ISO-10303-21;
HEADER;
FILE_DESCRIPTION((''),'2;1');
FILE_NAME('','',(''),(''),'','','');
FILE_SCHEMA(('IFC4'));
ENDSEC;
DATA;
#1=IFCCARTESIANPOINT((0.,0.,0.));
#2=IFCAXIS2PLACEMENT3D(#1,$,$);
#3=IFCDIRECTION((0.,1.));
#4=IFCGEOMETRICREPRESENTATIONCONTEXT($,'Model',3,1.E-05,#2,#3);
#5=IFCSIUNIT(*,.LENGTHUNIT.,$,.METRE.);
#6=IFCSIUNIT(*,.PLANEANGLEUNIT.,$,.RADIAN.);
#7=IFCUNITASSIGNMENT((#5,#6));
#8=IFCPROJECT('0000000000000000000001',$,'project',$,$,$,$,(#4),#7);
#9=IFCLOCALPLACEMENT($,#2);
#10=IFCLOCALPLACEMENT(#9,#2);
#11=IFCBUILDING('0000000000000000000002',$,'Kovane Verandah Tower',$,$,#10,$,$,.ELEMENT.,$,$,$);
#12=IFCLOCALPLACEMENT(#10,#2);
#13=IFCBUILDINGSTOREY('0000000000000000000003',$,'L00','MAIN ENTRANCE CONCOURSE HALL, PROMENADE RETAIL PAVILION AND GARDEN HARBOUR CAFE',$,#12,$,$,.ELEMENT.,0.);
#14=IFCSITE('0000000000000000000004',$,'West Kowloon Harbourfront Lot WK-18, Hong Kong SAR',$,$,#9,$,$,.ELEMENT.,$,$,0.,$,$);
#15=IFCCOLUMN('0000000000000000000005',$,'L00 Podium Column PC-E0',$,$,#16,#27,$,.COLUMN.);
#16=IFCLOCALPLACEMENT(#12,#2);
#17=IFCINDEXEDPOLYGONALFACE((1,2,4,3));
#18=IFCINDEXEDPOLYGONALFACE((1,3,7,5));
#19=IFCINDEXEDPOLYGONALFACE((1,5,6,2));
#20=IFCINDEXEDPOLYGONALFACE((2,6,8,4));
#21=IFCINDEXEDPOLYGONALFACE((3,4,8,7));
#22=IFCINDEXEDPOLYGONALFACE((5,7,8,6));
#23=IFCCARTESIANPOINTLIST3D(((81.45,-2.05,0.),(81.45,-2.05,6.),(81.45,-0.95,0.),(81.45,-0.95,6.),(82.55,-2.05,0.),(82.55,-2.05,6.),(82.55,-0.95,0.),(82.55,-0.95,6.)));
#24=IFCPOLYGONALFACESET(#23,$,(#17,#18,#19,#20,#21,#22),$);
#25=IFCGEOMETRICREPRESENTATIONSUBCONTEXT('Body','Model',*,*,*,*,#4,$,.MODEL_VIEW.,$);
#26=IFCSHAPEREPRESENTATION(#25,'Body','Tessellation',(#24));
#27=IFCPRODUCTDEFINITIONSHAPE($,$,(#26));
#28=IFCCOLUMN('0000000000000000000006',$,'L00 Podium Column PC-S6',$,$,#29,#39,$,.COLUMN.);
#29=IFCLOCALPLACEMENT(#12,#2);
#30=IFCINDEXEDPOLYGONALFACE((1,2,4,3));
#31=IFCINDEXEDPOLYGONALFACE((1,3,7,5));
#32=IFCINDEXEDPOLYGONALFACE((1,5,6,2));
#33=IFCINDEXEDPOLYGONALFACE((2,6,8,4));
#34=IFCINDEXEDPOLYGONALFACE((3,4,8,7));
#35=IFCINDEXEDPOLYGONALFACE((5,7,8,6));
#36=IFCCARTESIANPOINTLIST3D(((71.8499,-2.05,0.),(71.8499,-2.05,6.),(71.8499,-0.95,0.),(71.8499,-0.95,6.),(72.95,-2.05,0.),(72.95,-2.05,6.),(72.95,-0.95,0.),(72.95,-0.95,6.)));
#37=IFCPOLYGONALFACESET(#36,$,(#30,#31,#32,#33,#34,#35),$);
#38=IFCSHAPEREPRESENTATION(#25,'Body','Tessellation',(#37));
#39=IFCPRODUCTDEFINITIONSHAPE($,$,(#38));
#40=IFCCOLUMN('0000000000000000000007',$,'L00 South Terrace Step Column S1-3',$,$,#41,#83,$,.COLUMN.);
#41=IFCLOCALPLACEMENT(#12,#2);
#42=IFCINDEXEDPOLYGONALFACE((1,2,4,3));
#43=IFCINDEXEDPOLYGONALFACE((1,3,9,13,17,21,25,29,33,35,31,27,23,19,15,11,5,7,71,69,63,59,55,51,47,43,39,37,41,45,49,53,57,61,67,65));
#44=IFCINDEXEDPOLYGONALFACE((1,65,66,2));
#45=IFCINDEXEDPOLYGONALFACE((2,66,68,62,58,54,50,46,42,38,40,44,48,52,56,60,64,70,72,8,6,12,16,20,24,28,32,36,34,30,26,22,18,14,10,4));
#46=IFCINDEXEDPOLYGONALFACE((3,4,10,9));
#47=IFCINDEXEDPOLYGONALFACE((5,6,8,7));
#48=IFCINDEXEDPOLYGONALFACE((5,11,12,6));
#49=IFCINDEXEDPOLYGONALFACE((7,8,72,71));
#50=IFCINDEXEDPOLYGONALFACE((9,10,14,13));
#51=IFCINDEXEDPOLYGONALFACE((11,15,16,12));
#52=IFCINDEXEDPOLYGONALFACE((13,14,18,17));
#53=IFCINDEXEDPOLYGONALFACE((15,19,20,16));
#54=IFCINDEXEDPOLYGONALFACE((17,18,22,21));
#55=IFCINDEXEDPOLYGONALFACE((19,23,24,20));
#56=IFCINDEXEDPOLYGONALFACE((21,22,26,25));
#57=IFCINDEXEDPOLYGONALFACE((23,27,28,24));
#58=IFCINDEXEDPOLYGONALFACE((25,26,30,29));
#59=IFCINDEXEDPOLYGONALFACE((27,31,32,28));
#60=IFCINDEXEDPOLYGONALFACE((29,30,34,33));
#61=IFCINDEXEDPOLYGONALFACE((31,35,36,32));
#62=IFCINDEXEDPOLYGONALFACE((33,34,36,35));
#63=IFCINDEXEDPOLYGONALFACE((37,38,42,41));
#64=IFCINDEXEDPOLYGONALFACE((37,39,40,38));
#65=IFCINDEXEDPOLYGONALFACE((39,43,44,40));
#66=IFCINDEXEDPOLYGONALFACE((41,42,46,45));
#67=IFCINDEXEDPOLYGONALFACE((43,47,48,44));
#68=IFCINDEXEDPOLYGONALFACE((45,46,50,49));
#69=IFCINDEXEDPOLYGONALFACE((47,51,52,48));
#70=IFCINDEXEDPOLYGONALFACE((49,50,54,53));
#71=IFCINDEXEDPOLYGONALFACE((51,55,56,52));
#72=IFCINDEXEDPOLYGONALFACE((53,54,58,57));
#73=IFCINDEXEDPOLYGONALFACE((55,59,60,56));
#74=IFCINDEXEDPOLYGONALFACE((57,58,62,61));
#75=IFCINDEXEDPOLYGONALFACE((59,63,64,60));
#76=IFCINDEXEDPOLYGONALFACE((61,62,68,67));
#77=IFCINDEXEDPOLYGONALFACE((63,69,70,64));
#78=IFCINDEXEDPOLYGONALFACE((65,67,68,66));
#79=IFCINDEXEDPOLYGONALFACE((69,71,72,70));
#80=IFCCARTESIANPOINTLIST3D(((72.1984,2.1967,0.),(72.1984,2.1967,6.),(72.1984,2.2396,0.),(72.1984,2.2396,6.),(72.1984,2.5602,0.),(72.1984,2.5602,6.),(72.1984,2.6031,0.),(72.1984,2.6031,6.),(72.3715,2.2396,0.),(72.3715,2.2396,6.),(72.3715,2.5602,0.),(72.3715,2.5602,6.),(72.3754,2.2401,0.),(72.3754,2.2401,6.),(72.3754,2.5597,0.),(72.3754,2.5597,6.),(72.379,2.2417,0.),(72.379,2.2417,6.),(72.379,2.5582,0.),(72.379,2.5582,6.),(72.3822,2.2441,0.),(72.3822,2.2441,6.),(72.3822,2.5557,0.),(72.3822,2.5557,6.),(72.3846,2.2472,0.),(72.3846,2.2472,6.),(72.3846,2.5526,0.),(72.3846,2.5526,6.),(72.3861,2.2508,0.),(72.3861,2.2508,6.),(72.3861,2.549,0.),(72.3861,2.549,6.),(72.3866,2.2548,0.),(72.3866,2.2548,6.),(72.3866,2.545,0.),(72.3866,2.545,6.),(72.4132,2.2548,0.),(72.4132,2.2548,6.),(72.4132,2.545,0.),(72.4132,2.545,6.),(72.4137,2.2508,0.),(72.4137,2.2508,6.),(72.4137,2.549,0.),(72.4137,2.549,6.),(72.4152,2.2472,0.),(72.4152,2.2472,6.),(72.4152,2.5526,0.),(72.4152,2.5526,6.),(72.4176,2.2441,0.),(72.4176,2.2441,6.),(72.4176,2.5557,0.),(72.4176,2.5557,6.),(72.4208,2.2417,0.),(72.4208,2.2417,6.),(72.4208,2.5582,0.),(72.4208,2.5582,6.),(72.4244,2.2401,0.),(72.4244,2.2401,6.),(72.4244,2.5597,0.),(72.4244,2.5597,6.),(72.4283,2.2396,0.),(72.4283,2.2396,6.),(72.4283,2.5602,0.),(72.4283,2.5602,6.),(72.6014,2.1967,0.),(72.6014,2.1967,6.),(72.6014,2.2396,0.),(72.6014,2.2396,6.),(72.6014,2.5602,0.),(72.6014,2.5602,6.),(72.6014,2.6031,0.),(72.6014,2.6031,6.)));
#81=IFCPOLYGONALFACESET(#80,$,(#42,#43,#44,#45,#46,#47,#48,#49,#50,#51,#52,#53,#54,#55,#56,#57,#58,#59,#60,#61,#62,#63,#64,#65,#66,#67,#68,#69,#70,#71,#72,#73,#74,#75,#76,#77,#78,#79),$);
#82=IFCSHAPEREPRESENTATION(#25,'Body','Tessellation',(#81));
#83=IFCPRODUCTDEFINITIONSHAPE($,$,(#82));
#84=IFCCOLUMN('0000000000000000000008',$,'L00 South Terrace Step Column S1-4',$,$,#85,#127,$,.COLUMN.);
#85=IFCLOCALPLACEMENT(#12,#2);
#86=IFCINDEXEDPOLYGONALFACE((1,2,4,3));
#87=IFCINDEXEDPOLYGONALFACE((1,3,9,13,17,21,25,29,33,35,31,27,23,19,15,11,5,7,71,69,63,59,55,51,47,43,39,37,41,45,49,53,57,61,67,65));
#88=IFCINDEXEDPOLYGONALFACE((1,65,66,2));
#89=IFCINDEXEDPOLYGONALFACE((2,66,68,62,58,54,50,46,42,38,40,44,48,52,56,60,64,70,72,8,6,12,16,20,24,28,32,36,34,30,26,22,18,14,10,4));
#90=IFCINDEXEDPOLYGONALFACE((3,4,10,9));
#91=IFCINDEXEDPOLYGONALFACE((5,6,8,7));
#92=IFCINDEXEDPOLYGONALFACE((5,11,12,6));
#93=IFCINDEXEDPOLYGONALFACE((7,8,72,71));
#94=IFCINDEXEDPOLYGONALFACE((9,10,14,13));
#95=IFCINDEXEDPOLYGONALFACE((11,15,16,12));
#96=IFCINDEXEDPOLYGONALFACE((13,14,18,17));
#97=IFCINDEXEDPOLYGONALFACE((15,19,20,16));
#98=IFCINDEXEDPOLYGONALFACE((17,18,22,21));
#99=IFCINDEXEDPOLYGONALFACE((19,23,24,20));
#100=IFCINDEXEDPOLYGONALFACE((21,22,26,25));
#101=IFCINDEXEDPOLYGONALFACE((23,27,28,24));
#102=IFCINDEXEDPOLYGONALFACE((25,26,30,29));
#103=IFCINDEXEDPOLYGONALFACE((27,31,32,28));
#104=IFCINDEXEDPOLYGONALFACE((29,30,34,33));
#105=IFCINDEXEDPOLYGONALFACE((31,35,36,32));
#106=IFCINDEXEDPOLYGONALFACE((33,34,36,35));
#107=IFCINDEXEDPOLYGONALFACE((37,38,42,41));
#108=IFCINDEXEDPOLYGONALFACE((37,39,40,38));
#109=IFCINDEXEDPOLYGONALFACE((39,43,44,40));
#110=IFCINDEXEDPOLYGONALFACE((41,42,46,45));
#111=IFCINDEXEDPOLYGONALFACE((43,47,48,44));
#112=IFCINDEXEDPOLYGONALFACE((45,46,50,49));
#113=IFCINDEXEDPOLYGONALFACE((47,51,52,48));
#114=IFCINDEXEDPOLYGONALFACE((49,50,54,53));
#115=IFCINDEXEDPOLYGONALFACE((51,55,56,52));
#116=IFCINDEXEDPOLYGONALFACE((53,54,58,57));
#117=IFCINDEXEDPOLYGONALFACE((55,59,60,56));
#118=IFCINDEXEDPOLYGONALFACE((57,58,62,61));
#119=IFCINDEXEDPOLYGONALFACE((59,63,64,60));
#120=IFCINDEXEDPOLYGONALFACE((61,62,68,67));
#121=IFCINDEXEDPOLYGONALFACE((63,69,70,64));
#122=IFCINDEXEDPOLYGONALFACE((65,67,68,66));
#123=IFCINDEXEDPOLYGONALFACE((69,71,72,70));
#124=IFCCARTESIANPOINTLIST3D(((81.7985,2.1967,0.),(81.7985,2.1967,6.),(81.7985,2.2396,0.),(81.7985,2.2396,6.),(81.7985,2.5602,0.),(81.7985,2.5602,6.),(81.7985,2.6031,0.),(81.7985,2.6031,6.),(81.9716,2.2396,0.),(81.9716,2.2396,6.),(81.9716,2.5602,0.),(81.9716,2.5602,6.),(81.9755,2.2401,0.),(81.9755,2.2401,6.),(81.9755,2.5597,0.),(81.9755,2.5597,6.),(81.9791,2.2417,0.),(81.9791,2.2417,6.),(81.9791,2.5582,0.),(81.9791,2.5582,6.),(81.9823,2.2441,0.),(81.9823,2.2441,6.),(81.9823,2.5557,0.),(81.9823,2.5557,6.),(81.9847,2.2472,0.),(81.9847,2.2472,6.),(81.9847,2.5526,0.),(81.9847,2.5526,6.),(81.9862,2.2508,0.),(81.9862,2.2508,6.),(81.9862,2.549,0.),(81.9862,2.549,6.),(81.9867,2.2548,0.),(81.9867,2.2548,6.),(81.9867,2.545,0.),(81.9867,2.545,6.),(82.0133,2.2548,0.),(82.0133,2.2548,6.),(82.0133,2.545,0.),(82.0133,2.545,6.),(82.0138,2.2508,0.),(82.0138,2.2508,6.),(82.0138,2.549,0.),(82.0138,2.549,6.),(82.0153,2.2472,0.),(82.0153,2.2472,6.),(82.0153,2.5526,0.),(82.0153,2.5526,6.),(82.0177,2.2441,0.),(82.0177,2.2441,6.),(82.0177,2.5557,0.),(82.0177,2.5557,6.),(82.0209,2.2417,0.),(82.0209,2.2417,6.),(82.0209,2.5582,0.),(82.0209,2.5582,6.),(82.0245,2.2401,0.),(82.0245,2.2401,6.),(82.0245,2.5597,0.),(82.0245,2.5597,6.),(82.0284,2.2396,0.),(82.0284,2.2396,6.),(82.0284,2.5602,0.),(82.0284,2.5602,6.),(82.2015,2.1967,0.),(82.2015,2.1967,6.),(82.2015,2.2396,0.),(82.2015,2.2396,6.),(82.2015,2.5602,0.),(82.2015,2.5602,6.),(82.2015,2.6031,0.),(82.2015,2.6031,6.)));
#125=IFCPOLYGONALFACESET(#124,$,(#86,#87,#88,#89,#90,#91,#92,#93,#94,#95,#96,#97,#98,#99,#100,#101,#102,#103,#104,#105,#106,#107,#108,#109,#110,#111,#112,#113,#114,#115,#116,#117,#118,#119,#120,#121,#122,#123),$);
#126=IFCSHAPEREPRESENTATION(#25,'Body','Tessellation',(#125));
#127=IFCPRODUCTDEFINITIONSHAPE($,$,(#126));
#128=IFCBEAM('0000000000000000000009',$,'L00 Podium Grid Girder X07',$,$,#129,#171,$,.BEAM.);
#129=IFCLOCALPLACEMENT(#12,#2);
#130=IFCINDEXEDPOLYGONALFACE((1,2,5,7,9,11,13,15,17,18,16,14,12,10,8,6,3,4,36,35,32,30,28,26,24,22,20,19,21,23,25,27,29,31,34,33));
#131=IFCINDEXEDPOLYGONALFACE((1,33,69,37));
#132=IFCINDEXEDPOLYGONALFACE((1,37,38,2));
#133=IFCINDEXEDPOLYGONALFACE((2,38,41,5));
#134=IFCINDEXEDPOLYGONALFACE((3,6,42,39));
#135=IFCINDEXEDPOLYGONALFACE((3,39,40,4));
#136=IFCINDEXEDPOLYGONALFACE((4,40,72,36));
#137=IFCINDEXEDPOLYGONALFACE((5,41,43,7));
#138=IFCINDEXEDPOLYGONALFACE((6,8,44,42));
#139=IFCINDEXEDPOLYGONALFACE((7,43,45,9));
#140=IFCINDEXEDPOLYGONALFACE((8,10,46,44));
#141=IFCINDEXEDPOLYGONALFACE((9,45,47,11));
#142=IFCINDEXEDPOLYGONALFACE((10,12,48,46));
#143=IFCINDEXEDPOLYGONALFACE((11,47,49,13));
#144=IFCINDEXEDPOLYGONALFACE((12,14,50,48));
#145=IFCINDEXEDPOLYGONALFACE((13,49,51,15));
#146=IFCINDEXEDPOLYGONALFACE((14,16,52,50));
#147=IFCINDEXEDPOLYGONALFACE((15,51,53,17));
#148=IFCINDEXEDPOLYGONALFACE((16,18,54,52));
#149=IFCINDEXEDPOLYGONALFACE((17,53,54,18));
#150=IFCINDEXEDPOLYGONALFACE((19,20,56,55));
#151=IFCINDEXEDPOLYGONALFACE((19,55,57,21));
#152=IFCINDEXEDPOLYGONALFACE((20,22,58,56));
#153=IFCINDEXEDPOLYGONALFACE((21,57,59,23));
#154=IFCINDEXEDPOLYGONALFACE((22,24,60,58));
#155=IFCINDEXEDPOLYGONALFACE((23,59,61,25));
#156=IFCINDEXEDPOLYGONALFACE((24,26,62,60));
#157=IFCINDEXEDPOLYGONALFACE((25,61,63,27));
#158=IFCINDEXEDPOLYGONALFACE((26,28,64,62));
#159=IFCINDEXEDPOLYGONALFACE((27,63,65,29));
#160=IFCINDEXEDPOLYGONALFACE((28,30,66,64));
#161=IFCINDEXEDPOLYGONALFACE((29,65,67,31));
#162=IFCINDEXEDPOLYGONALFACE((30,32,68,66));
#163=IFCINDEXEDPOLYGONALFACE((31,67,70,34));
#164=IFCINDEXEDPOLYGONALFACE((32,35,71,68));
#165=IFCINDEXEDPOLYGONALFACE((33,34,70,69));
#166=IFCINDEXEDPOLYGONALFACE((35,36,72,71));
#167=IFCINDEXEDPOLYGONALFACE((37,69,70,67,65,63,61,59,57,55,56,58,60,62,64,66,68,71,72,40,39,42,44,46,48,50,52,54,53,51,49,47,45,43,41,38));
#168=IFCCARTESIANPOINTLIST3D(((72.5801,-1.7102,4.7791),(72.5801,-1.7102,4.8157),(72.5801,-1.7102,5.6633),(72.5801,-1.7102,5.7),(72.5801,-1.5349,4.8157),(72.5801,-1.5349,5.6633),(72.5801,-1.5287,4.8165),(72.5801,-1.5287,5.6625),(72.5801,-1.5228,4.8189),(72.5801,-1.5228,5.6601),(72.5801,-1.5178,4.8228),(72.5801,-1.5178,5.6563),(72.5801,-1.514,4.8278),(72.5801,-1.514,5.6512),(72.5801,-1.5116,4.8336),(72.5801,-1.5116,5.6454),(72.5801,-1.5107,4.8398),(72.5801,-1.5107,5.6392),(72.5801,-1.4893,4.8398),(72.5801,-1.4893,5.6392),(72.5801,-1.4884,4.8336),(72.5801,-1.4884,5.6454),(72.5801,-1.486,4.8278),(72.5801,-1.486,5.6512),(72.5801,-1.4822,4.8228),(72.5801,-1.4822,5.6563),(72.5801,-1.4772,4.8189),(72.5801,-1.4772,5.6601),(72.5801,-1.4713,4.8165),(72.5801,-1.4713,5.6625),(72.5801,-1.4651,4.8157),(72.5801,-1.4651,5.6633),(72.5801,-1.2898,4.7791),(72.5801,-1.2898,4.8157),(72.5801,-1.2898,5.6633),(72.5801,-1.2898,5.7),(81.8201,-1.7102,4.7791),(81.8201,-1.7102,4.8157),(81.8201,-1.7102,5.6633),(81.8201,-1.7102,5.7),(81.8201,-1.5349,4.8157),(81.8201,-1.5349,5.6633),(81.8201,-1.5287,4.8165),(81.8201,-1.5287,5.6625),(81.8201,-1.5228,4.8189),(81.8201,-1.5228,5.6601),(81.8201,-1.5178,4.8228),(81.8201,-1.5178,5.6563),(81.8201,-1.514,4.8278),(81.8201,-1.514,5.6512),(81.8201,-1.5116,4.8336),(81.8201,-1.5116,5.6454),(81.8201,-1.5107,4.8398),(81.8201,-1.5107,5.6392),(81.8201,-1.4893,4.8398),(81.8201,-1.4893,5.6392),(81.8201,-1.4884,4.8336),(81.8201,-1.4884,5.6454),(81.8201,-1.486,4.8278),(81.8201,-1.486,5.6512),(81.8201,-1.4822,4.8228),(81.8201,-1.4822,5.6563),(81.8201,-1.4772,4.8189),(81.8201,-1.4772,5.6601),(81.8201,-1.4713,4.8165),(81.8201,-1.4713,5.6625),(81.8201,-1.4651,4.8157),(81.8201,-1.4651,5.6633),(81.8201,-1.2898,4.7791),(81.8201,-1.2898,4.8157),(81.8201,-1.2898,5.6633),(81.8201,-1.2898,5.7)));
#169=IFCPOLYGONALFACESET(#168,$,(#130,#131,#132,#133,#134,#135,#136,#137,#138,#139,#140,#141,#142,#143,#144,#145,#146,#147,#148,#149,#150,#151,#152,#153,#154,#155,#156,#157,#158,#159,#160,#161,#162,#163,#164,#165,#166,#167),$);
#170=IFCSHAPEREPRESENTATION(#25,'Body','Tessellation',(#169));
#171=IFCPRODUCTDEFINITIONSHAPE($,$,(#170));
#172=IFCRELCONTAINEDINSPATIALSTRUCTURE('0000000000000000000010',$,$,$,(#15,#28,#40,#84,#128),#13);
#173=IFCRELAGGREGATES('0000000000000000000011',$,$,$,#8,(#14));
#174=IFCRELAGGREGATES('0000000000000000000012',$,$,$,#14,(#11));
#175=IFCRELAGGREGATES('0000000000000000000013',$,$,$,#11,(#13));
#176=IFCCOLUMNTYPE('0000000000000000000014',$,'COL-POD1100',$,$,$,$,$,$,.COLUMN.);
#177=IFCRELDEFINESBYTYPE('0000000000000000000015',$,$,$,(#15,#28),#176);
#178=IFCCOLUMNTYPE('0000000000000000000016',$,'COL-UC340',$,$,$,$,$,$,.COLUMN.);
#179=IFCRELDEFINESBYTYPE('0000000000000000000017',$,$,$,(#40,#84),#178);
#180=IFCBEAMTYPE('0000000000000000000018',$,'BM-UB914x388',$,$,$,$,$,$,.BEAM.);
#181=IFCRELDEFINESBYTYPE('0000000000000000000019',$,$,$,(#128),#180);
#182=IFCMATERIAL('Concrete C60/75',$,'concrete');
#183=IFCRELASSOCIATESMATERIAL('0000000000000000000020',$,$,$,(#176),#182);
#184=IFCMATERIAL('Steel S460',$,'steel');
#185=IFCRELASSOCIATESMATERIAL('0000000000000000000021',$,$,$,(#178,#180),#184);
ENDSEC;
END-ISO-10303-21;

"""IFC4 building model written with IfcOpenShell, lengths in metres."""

from ifc_helpers import new_model, si_unit, direction, frame, origin, origin_2d, place, context, subcontext, project, spatial, rectangle, i_section, extrude, material, material_profile, profile_set, type_object, element, save


model = new_model("IFC4")

# Units and contexts
model_context = context("Model", 3, precision=1e-05, world=origin(), true_north=direction((0.0, 1.0)))
body_context = subcontext(model_context, "Body", "Model", "MODEL_VIEW")
ifc_project = project(units=[si_unit("LENGTHUNIT", "METRE"), si_unit("PLANEANGLEUNIT", "RADIAN")], contexts=[model_context])

# Site, building, storey
site_placement = place(None, origin())
site = spatial("IfcSite", under=ifc_project, at=site_placement, Name="West Kowloon Harbourfront Lot WK-18, Hong Kong SAR", CompositionType="ELEMENT", RefElevation=0.0)
building_placement = place(site_placement, origin())
building = spatial("IfcBuilding", under=site, at=building_placement, Name="Kovane Verandah Tower", CompositionType="ELEMENT")
storey_placement = place(building_placement, origin())
storey = spatial("IfcBuildingStorey", under=building, at=storey_placement, Name="L00", Description="MAIN ENTRANCE CONCOURSE HALL, PROMENADE RETAIL PAVILION AND GARDEN HARBOUR CAFE", CompositionType="ELEMENT", Elevation=0.0)

# Columns
ifc_material_1 = material(Name="Concrete C60/75", Category="concrete")
ifc_material_profile_1 = material_profile(ifc_material_1, rectangle(XDim=1.1001, YDim=1.1001, at=origin_2d()), Name="RC1100x1100")
ifc_profile_set_1 = profile_set([ifc_material_profile_1], Name="Concrete C60/75")
column_type_1 = type_object("IfcColumnType", Name="COL-POD1100", PredefinedType="COLUMN", material=ifc_profile_set_1)
for number, where, z_axis, x_axis, name in (
    (1, (82.0, -1.5, 0.0), (0.0, 0.0, 1.0), (1.0, 0.0, 0.0), "L00 Podium Column PC-E0"),
    (2, (72.3999, -1.5, 0.0), (0.0, 0.0, 1.0), (1.0, 0.0, 0.0), "L00 Podium Column PC-S6"),
):
    element("IfcColumn", number, at=place(storey_placement, frame(where, z_axis=z_axis, x_axis=x_axis)), inside=storey, type_object=column_type_1, Name=name, PredefinedType="COLUMN", context=body_context, shape_type="SweptSolid", body=[
        extrude(rectangle(XDim=1.1001, YDim=1.1001, at=origin_2d()), origin(), (0.0, 0.0, 1.0), 6.0),
    ])
ifc_material_2 = material(Name="Steel S460", Category="steel")
ifc_material_profile_2 = material_profile(ifc_material_2, i_section(OverallWidth=0.4031, OverallDepth=0.4065, WebThickness=0.0266, FlangeThickness=0.043, FilletRadius=0.0151, at=origin_2d()), Name="UC356x406x340")
ifc_profile_set_2 = profile_set([ifc_material_profile_2], Name="Steel S460")
column_type_2 = type_object("IfcColumnType", Name="COL-UC340", PredefinedType="COLUMN", material=ifc_profile_set_2)
for number, where, z_axis, x_axis, name in (
    (3, (72.3999, 2.3999, 0.0), (0.0, 0.0, 1.0), (1.0, 0.0, 0.0), "L00 South Terrace Step Column S1-3"),
    (4, (82.0, 2.3999, 0.0), (0.0, 0.0, 1.0), (1.0, 0.0, 0.0), "L00 South Terrace Step Column S1-4"),
):
    element("IfcColumn", number, at=place(storey_placement, frame(where, z_axis=z_axis, x_axis=x_axis)), inside=storey, type_object=column_type_2, Name=name, PredefinedType="COLUMN", context=body_context, shape_type="SweptSolid", body=[
        extrude(i_section(OverallWidth=0.4031, OverallDepth=0.4065, WebThickness=0.0266, FlangeThickness=0.043, FilletRadius=0.0151, at=origin_2d()), origin(), (0.0, 0.0, 1.0), 6.0),
    ])

# Beam
ifc_material_profile_3 = material_profile(ifc_material_2, i_section(OverallWidth=0.4204, OverallDepth=0.9209, WebThickness=0.0215, FlangeThickness=0.0366, FilletRadius=0.0242, at=origin_2d()), Name="UB914x419x388")
ifc_profile_set_3 = profile_set([ifc_material_profile_3], Name="Steel S460")
beam_type_1 = type_object("IfcBeamType", Name="BM-UB914x388", PredefinedType="BEAM", material=ifc_profile_set_3)
beam_1_placement = place(storey_placement, frame((72.5801, -1.5, 5.2395), z_axis=(1.0, 0.0, 0.0), x_axis=(0.0, 1.0, 0.0)))
element("IfcBeam", 5, at=beam_1_placement, inside=storey, type_object=beam_type_1, Name="L00 Podium Grid Girder X07", PredefinedType="BEAM", context=body_context, shape_type="SweptSolid", body=[
    extrude(i_section(OverallWidth=0.4204, OverallDepth=0.9209, WebThickness=0.0215, FlangeThickness=0.0366, FilletRadius=0.0242, at=origin_2d()), origin(), (0.0, 0.0, 1.0), 9.24),
])

save(model, "model.ifc")
